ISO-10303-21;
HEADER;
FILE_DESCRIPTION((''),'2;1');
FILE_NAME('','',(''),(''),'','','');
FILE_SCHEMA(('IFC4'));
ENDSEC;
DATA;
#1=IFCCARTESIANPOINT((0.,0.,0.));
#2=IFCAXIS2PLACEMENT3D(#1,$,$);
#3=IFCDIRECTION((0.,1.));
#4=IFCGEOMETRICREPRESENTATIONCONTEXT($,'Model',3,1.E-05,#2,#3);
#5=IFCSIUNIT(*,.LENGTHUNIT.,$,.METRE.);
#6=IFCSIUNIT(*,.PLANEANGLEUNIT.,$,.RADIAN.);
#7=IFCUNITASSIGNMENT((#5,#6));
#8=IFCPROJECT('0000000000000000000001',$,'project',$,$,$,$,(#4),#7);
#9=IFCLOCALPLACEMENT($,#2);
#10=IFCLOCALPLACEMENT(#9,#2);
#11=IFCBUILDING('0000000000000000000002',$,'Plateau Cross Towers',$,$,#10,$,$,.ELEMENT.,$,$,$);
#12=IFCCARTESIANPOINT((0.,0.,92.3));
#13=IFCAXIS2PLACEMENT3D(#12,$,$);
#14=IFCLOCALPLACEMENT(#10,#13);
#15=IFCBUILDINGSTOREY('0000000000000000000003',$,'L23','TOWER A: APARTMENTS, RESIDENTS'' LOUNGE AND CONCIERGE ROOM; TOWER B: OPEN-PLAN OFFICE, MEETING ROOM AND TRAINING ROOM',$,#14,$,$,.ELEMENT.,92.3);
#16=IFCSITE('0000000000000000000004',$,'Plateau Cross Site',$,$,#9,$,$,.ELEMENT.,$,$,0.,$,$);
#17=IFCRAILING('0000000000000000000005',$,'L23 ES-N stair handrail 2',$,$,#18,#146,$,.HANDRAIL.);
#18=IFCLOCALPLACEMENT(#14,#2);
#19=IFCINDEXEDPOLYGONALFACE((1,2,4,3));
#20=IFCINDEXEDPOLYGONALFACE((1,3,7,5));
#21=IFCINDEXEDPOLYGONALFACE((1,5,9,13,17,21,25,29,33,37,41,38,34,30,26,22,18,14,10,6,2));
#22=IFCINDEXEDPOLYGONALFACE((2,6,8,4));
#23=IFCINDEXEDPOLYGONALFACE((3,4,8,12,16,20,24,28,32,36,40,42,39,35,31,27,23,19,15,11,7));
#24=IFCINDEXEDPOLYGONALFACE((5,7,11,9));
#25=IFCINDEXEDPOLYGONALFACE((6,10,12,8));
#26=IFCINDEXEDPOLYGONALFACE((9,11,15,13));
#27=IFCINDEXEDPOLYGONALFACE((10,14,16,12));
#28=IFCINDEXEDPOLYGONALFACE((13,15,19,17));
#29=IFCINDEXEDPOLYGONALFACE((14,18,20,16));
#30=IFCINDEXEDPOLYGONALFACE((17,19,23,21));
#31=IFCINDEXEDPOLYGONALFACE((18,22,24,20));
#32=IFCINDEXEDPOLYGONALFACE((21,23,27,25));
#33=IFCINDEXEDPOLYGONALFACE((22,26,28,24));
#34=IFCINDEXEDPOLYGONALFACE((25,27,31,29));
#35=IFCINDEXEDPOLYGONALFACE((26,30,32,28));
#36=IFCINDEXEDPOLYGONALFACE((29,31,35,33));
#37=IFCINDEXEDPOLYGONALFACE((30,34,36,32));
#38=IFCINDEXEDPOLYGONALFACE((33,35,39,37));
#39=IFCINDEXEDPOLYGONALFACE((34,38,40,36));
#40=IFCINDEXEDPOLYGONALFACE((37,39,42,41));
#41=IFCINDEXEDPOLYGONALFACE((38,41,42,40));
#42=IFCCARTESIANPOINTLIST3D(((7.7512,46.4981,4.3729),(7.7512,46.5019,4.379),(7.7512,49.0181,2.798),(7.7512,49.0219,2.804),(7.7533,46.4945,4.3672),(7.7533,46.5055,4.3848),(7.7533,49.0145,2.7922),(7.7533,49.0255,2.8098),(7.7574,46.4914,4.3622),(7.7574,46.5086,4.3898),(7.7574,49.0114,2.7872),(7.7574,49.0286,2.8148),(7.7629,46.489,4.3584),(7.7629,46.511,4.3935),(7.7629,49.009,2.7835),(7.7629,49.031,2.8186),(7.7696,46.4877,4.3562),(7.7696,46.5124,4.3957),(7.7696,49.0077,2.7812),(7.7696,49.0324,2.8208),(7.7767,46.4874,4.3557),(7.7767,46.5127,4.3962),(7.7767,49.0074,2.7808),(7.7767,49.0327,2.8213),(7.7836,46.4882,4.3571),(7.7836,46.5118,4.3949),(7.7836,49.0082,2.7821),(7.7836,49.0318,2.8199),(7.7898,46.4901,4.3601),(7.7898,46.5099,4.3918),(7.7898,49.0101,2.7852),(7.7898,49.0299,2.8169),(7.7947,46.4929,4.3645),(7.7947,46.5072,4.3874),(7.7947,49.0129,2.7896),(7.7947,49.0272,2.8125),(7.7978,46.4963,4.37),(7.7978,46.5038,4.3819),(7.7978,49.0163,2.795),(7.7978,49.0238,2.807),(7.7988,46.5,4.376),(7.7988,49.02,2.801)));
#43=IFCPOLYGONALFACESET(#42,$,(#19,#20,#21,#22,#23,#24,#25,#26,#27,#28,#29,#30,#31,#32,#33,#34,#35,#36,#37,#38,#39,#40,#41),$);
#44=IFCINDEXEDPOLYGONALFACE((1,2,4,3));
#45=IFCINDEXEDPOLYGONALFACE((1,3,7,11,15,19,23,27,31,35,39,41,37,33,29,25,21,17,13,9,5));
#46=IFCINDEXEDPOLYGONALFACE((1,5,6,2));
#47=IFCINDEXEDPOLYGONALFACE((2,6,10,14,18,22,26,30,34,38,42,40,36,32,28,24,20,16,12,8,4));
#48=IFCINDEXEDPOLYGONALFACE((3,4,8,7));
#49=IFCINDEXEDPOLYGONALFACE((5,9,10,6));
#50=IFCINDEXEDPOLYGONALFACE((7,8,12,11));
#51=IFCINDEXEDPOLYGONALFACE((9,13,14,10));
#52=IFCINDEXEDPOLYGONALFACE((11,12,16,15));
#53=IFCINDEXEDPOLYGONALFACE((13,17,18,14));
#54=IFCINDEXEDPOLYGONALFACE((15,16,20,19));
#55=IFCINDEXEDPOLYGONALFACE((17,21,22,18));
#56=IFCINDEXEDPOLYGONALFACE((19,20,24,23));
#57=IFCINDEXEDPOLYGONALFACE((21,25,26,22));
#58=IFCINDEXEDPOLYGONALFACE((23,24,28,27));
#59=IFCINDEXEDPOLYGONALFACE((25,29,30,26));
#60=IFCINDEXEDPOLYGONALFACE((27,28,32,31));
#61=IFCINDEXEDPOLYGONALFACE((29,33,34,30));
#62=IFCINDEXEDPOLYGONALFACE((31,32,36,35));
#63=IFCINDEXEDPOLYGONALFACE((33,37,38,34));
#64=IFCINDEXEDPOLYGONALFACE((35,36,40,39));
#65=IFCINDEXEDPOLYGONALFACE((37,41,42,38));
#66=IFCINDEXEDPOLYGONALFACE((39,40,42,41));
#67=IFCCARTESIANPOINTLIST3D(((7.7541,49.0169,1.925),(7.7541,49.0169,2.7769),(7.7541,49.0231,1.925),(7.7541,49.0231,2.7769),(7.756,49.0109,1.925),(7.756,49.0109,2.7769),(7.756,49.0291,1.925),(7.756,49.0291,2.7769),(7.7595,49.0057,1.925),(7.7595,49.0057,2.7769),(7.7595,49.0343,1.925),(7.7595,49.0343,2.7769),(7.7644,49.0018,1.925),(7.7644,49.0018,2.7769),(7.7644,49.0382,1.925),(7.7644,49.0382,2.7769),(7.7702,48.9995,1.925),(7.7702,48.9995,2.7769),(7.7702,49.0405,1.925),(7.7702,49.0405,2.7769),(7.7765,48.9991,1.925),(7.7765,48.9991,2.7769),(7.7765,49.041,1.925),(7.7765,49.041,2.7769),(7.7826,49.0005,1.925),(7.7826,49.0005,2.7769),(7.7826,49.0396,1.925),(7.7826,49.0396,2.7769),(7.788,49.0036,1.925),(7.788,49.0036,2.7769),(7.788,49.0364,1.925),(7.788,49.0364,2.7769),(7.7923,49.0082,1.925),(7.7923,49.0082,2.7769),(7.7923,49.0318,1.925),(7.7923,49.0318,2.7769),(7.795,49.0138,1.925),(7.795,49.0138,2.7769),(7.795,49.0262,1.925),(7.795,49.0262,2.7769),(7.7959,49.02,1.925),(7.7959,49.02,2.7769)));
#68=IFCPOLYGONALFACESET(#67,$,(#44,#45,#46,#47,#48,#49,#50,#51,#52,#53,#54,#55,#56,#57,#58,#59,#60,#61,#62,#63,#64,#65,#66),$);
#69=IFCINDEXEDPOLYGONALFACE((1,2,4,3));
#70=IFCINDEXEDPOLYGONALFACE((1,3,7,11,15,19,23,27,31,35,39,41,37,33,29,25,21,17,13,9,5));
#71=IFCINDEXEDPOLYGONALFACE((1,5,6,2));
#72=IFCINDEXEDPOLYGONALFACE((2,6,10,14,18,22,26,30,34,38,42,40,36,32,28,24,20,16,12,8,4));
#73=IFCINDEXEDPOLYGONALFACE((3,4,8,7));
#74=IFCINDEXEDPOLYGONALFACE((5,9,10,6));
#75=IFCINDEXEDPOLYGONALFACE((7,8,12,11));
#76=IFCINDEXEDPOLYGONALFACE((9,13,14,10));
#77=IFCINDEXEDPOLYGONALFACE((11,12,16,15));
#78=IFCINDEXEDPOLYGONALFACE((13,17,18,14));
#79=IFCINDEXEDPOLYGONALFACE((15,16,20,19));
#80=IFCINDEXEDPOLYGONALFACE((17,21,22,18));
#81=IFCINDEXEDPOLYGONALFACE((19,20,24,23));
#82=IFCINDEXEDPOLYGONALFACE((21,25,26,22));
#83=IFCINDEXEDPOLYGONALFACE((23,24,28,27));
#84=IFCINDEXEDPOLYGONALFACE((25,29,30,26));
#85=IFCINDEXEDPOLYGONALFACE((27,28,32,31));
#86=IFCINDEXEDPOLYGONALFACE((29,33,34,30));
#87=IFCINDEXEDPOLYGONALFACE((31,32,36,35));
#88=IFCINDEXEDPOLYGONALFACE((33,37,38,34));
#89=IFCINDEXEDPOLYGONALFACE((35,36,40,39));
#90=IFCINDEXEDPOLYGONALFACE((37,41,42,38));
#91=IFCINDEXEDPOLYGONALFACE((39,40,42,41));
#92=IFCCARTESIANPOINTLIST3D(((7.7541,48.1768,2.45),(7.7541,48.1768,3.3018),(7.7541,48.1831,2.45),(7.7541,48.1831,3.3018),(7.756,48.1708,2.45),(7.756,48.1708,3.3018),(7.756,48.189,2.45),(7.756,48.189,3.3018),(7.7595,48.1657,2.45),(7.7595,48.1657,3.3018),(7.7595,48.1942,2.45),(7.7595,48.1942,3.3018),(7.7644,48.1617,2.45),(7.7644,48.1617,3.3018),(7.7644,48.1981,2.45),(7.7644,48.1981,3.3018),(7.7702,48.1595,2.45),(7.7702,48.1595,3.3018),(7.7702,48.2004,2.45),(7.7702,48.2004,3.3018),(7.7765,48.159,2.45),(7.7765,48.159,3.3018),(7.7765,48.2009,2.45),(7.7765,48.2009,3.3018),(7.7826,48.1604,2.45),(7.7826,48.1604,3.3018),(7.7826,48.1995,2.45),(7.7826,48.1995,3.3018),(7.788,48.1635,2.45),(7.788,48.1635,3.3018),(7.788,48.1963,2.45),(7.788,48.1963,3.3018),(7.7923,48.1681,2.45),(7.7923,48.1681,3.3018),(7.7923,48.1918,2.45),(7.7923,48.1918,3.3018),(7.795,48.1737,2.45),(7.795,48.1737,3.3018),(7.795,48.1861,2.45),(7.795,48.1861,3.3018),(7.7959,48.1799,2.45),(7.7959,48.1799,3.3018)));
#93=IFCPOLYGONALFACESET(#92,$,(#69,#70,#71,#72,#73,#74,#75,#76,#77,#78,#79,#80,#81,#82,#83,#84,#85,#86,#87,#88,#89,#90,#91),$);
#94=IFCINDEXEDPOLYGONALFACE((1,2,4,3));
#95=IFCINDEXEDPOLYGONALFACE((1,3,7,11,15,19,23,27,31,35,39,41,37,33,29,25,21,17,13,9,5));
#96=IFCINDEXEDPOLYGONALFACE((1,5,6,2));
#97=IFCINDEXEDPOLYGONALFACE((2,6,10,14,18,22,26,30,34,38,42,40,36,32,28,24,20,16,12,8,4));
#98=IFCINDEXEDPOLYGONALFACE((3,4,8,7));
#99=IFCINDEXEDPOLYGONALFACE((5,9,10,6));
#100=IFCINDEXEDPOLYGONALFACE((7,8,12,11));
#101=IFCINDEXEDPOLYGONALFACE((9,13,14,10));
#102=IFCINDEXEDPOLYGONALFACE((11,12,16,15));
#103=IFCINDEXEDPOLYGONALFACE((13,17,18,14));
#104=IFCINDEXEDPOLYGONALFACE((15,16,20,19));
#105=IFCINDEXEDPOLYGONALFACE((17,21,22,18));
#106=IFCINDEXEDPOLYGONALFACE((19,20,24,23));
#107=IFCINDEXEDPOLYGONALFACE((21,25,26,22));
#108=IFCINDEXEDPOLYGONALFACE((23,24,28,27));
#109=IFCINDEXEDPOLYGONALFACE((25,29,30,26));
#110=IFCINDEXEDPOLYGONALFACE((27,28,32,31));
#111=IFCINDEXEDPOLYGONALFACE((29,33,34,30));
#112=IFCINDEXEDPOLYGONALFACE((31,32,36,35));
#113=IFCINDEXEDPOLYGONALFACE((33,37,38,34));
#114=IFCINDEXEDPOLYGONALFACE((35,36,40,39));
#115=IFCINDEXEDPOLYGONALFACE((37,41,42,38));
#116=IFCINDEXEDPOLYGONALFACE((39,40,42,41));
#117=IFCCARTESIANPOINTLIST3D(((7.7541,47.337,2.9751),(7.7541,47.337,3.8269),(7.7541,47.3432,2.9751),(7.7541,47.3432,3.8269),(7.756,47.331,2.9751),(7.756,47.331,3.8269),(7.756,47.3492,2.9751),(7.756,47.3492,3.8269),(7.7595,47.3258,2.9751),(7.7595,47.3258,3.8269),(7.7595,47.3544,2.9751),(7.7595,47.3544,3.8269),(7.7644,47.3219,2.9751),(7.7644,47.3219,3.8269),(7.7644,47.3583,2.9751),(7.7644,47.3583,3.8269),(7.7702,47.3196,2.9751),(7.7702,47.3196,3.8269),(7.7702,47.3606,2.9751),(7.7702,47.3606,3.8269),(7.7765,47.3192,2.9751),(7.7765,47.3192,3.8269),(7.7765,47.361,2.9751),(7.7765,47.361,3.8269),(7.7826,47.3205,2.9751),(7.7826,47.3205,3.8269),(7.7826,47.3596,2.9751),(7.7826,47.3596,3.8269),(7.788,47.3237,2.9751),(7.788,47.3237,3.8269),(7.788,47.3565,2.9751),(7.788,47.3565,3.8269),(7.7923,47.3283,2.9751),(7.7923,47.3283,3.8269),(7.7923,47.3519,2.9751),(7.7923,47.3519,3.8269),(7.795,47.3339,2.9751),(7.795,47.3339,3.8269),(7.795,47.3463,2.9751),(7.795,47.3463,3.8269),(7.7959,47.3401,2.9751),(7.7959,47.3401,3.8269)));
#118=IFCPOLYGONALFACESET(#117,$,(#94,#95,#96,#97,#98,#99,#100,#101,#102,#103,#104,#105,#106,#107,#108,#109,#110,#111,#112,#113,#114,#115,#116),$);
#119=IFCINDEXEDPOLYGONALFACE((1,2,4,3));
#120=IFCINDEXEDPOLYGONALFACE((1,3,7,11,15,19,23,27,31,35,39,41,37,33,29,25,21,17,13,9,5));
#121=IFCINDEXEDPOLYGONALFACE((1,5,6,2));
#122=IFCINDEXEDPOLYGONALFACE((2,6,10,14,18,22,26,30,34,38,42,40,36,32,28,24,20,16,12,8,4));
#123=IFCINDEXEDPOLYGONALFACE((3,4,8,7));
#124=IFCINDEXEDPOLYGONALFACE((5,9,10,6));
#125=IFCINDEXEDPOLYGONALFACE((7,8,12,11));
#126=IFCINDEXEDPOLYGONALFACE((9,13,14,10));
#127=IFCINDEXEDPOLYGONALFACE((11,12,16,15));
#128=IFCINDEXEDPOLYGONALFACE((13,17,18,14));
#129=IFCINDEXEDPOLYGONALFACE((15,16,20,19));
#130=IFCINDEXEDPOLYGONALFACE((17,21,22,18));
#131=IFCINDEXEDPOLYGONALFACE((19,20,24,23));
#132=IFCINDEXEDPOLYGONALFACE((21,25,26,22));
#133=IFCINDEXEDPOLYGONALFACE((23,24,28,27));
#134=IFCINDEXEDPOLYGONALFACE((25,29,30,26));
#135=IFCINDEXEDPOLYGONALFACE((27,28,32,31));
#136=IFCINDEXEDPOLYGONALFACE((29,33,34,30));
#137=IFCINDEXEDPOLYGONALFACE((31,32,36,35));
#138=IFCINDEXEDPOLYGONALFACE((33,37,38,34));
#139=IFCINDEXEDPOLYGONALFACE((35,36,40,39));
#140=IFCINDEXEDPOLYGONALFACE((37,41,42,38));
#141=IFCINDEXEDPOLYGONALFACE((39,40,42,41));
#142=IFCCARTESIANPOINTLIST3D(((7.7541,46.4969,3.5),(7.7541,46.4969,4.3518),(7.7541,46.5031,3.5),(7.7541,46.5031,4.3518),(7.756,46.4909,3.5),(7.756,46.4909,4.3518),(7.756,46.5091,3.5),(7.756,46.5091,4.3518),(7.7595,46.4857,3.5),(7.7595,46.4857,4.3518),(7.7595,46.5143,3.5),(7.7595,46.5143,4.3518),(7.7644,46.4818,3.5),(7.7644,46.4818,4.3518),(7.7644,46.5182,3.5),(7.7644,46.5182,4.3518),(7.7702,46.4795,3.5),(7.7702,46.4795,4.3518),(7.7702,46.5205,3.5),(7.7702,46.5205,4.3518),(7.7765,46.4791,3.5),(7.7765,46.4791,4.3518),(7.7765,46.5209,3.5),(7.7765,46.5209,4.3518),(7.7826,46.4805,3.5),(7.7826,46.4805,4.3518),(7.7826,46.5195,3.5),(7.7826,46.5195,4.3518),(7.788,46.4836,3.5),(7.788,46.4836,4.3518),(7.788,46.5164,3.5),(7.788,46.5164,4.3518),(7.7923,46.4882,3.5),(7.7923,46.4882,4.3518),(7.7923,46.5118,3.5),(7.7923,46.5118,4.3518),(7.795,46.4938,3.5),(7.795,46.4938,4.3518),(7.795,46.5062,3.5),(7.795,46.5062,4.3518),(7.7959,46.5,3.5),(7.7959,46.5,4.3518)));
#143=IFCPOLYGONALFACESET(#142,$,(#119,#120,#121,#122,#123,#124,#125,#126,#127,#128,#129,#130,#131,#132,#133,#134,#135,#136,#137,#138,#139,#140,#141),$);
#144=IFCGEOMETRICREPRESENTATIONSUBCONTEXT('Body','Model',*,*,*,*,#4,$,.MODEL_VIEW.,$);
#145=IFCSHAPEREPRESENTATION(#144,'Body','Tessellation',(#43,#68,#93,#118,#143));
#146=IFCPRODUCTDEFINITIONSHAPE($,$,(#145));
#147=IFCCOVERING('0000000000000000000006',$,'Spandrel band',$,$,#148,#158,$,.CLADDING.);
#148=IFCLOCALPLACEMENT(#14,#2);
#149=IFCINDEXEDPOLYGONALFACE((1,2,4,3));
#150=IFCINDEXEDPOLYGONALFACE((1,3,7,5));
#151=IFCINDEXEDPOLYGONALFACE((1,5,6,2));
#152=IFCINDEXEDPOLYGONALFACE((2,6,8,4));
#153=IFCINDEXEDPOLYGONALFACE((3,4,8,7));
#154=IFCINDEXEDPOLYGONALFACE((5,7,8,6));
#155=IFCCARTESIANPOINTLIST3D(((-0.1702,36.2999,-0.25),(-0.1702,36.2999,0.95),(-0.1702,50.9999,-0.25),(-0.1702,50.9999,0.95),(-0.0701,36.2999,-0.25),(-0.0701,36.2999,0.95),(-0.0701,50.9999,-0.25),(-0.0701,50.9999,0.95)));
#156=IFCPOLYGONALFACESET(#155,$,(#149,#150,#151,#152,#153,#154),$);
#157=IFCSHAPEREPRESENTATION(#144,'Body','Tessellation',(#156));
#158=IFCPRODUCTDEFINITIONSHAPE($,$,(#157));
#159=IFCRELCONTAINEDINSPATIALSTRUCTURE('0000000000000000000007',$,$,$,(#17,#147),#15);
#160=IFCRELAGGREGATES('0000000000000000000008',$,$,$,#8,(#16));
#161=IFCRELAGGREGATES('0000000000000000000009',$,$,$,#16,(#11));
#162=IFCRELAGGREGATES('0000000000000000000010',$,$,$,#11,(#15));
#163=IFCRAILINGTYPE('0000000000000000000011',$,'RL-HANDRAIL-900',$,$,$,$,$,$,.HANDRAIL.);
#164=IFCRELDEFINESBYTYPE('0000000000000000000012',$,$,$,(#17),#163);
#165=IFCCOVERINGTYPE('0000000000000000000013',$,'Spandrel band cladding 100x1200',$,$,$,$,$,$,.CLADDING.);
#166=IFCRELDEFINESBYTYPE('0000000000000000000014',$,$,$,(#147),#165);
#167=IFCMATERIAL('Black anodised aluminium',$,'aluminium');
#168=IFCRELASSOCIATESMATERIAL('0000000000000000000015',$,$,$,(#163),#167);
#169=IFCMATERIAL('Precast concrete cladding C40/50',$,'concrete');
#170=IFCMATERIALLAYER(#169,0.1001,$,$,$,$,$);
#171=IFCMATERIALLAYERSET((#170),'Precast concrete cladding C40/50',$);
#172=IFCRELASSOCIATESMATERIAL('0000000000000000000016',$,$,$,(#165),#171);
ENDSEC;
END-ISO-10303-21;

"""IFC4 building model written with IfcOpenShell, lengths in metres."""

from ifc_helpers import new_model, si_unit, direction, frame, origin, origin_2d, place, context, subcontext, project, spatial, rectangle, circle, extrude, material, layer, layer_set, type_object, element, save


model = new_model("IFC4")

# Units and contexts
model_context = context("Model", 3, precision=1e-05, world=origin(), true_north=direction((0.0, 1.0)))
body_context = subcontext(model_context, "Body", "Model", "MODEL_VIEW")
ifc_project = project(units=[si_unit("LENGTHUNIT", "METRE"), si_unit("PLANEANGLEUNIT", "RADIAN")], contexts=[model_context])

# Site, building, storey
site_placement = place(None, origin())
site = spatial("IfcSite", under=ifc_project, at=site_placement, Name="Plateau Cross Site", CompositionType="ELEMENT", RefElevation=0.0)
building_placement = place(site_placement, origin())
building = spatial("IfcBuilding", under=site, at=building_placement, Name="Plateau Cross Towers", CompositionType="ELEMENT")
storey_placement = place(building_placement, frame((0.0, 0.0, 92.3)))
storey = spatial("IfcBuildingStorey", under=building, at=storey_placement, Name="L23", Description="TOWER A: APARTMENTS, RESIDENTS' LOUNGE AND CONCIERGE ROOM; TOWER B: OPEN-PLAN OFFICE, MEETING ROOM AND TRAINING ROOM", CompositionType="ELEMENT", Elevation=92.3)

# Shared definitions
ifc_material_1 = material(Name="Black anodised aluminium", Category="aluminium")

# Railing
railing_type_1 = type_object("IfcRailingType", Name="RL-HANDRAIL-900", PredefinedType="HANDRAIL", material=ifc_material_1)
railing_1_placement = place(storey_placement, frame((7.7749, 49.02, 1.925)))
element("IfcRailing", 1, at=railing_1_placement, inside=storey, type_object=railing_type_1, Name="L23 ES-N stair handrail 2", PredefinedType="HANDRAIL", context=body_context, shape_type="SweptSolid", body=[
    extrude(circle(Radius=0.0239, at=origin_2d()), frame((0.0, 0.0, 0.876), z_axis=(0.0, -0.848008, 0.529984), x_axis=(1.0, 0.0, 0.0)), (0.0, 0.0, 1.0), 2.9717),
    extrude(circle(Radius=0.021, at=origin_2d()), origin(), (0.0, 0.0, 1.0), 0.8518),
    extrude(circle(Radius=0.021, at=origin_2d()), frame((0.0, -0.8401, 0.5249)), (0.0, 0.0, 1.0), 0.8518),
    extrude(circle(Radius=0.021, at=origin_2d()), frame((0.0, -1.6799, 1.05)), (0.0, 0.0, 1.0), 0.8518),
    extrude(circle(Radius=0.021, at=origin_2d()), frame((0.0, -2.52, 1.575)), (0.0, 0.0, 1.0), 0.8518),
])

# Covering
ifc_material_2 = material(Name="Precast concrete cladding C40/50", Category="concrete")
ifc_layer_1 = layer(ifc_material_2, 0.1001)
ifc_layer_set_1 = layer_set([ifc_layer_1], Name="Precast concrete cladding C40/50")
covering_type = type_object("IfcCoveringType", Name="Spandrel band cladding 100x1200", PredefinedType="CLADDING", material=ifc_layer_set_1)
covering_placement = place(storey_placement, frame((-0.1201, 43.6499, -0.25), z_axis=(0.0, 0.0, 1.0), x_axis=(0.0, -1.0, 0.0)))
element("IfcCovering", 2, at=covering_placement, inside=storey, type_object=covering_type, Name="Spandrel band", PredefinedType="CLADDING", context=body_context, shape_type="SweptSolid", body=[
    extrude(rectangle(XDim=14.7, YDim=0.1001, at=origin_2d()), origin(), (0.0, 0.0, 1.0), 1.2),
])

save(model, "model.ifc")
